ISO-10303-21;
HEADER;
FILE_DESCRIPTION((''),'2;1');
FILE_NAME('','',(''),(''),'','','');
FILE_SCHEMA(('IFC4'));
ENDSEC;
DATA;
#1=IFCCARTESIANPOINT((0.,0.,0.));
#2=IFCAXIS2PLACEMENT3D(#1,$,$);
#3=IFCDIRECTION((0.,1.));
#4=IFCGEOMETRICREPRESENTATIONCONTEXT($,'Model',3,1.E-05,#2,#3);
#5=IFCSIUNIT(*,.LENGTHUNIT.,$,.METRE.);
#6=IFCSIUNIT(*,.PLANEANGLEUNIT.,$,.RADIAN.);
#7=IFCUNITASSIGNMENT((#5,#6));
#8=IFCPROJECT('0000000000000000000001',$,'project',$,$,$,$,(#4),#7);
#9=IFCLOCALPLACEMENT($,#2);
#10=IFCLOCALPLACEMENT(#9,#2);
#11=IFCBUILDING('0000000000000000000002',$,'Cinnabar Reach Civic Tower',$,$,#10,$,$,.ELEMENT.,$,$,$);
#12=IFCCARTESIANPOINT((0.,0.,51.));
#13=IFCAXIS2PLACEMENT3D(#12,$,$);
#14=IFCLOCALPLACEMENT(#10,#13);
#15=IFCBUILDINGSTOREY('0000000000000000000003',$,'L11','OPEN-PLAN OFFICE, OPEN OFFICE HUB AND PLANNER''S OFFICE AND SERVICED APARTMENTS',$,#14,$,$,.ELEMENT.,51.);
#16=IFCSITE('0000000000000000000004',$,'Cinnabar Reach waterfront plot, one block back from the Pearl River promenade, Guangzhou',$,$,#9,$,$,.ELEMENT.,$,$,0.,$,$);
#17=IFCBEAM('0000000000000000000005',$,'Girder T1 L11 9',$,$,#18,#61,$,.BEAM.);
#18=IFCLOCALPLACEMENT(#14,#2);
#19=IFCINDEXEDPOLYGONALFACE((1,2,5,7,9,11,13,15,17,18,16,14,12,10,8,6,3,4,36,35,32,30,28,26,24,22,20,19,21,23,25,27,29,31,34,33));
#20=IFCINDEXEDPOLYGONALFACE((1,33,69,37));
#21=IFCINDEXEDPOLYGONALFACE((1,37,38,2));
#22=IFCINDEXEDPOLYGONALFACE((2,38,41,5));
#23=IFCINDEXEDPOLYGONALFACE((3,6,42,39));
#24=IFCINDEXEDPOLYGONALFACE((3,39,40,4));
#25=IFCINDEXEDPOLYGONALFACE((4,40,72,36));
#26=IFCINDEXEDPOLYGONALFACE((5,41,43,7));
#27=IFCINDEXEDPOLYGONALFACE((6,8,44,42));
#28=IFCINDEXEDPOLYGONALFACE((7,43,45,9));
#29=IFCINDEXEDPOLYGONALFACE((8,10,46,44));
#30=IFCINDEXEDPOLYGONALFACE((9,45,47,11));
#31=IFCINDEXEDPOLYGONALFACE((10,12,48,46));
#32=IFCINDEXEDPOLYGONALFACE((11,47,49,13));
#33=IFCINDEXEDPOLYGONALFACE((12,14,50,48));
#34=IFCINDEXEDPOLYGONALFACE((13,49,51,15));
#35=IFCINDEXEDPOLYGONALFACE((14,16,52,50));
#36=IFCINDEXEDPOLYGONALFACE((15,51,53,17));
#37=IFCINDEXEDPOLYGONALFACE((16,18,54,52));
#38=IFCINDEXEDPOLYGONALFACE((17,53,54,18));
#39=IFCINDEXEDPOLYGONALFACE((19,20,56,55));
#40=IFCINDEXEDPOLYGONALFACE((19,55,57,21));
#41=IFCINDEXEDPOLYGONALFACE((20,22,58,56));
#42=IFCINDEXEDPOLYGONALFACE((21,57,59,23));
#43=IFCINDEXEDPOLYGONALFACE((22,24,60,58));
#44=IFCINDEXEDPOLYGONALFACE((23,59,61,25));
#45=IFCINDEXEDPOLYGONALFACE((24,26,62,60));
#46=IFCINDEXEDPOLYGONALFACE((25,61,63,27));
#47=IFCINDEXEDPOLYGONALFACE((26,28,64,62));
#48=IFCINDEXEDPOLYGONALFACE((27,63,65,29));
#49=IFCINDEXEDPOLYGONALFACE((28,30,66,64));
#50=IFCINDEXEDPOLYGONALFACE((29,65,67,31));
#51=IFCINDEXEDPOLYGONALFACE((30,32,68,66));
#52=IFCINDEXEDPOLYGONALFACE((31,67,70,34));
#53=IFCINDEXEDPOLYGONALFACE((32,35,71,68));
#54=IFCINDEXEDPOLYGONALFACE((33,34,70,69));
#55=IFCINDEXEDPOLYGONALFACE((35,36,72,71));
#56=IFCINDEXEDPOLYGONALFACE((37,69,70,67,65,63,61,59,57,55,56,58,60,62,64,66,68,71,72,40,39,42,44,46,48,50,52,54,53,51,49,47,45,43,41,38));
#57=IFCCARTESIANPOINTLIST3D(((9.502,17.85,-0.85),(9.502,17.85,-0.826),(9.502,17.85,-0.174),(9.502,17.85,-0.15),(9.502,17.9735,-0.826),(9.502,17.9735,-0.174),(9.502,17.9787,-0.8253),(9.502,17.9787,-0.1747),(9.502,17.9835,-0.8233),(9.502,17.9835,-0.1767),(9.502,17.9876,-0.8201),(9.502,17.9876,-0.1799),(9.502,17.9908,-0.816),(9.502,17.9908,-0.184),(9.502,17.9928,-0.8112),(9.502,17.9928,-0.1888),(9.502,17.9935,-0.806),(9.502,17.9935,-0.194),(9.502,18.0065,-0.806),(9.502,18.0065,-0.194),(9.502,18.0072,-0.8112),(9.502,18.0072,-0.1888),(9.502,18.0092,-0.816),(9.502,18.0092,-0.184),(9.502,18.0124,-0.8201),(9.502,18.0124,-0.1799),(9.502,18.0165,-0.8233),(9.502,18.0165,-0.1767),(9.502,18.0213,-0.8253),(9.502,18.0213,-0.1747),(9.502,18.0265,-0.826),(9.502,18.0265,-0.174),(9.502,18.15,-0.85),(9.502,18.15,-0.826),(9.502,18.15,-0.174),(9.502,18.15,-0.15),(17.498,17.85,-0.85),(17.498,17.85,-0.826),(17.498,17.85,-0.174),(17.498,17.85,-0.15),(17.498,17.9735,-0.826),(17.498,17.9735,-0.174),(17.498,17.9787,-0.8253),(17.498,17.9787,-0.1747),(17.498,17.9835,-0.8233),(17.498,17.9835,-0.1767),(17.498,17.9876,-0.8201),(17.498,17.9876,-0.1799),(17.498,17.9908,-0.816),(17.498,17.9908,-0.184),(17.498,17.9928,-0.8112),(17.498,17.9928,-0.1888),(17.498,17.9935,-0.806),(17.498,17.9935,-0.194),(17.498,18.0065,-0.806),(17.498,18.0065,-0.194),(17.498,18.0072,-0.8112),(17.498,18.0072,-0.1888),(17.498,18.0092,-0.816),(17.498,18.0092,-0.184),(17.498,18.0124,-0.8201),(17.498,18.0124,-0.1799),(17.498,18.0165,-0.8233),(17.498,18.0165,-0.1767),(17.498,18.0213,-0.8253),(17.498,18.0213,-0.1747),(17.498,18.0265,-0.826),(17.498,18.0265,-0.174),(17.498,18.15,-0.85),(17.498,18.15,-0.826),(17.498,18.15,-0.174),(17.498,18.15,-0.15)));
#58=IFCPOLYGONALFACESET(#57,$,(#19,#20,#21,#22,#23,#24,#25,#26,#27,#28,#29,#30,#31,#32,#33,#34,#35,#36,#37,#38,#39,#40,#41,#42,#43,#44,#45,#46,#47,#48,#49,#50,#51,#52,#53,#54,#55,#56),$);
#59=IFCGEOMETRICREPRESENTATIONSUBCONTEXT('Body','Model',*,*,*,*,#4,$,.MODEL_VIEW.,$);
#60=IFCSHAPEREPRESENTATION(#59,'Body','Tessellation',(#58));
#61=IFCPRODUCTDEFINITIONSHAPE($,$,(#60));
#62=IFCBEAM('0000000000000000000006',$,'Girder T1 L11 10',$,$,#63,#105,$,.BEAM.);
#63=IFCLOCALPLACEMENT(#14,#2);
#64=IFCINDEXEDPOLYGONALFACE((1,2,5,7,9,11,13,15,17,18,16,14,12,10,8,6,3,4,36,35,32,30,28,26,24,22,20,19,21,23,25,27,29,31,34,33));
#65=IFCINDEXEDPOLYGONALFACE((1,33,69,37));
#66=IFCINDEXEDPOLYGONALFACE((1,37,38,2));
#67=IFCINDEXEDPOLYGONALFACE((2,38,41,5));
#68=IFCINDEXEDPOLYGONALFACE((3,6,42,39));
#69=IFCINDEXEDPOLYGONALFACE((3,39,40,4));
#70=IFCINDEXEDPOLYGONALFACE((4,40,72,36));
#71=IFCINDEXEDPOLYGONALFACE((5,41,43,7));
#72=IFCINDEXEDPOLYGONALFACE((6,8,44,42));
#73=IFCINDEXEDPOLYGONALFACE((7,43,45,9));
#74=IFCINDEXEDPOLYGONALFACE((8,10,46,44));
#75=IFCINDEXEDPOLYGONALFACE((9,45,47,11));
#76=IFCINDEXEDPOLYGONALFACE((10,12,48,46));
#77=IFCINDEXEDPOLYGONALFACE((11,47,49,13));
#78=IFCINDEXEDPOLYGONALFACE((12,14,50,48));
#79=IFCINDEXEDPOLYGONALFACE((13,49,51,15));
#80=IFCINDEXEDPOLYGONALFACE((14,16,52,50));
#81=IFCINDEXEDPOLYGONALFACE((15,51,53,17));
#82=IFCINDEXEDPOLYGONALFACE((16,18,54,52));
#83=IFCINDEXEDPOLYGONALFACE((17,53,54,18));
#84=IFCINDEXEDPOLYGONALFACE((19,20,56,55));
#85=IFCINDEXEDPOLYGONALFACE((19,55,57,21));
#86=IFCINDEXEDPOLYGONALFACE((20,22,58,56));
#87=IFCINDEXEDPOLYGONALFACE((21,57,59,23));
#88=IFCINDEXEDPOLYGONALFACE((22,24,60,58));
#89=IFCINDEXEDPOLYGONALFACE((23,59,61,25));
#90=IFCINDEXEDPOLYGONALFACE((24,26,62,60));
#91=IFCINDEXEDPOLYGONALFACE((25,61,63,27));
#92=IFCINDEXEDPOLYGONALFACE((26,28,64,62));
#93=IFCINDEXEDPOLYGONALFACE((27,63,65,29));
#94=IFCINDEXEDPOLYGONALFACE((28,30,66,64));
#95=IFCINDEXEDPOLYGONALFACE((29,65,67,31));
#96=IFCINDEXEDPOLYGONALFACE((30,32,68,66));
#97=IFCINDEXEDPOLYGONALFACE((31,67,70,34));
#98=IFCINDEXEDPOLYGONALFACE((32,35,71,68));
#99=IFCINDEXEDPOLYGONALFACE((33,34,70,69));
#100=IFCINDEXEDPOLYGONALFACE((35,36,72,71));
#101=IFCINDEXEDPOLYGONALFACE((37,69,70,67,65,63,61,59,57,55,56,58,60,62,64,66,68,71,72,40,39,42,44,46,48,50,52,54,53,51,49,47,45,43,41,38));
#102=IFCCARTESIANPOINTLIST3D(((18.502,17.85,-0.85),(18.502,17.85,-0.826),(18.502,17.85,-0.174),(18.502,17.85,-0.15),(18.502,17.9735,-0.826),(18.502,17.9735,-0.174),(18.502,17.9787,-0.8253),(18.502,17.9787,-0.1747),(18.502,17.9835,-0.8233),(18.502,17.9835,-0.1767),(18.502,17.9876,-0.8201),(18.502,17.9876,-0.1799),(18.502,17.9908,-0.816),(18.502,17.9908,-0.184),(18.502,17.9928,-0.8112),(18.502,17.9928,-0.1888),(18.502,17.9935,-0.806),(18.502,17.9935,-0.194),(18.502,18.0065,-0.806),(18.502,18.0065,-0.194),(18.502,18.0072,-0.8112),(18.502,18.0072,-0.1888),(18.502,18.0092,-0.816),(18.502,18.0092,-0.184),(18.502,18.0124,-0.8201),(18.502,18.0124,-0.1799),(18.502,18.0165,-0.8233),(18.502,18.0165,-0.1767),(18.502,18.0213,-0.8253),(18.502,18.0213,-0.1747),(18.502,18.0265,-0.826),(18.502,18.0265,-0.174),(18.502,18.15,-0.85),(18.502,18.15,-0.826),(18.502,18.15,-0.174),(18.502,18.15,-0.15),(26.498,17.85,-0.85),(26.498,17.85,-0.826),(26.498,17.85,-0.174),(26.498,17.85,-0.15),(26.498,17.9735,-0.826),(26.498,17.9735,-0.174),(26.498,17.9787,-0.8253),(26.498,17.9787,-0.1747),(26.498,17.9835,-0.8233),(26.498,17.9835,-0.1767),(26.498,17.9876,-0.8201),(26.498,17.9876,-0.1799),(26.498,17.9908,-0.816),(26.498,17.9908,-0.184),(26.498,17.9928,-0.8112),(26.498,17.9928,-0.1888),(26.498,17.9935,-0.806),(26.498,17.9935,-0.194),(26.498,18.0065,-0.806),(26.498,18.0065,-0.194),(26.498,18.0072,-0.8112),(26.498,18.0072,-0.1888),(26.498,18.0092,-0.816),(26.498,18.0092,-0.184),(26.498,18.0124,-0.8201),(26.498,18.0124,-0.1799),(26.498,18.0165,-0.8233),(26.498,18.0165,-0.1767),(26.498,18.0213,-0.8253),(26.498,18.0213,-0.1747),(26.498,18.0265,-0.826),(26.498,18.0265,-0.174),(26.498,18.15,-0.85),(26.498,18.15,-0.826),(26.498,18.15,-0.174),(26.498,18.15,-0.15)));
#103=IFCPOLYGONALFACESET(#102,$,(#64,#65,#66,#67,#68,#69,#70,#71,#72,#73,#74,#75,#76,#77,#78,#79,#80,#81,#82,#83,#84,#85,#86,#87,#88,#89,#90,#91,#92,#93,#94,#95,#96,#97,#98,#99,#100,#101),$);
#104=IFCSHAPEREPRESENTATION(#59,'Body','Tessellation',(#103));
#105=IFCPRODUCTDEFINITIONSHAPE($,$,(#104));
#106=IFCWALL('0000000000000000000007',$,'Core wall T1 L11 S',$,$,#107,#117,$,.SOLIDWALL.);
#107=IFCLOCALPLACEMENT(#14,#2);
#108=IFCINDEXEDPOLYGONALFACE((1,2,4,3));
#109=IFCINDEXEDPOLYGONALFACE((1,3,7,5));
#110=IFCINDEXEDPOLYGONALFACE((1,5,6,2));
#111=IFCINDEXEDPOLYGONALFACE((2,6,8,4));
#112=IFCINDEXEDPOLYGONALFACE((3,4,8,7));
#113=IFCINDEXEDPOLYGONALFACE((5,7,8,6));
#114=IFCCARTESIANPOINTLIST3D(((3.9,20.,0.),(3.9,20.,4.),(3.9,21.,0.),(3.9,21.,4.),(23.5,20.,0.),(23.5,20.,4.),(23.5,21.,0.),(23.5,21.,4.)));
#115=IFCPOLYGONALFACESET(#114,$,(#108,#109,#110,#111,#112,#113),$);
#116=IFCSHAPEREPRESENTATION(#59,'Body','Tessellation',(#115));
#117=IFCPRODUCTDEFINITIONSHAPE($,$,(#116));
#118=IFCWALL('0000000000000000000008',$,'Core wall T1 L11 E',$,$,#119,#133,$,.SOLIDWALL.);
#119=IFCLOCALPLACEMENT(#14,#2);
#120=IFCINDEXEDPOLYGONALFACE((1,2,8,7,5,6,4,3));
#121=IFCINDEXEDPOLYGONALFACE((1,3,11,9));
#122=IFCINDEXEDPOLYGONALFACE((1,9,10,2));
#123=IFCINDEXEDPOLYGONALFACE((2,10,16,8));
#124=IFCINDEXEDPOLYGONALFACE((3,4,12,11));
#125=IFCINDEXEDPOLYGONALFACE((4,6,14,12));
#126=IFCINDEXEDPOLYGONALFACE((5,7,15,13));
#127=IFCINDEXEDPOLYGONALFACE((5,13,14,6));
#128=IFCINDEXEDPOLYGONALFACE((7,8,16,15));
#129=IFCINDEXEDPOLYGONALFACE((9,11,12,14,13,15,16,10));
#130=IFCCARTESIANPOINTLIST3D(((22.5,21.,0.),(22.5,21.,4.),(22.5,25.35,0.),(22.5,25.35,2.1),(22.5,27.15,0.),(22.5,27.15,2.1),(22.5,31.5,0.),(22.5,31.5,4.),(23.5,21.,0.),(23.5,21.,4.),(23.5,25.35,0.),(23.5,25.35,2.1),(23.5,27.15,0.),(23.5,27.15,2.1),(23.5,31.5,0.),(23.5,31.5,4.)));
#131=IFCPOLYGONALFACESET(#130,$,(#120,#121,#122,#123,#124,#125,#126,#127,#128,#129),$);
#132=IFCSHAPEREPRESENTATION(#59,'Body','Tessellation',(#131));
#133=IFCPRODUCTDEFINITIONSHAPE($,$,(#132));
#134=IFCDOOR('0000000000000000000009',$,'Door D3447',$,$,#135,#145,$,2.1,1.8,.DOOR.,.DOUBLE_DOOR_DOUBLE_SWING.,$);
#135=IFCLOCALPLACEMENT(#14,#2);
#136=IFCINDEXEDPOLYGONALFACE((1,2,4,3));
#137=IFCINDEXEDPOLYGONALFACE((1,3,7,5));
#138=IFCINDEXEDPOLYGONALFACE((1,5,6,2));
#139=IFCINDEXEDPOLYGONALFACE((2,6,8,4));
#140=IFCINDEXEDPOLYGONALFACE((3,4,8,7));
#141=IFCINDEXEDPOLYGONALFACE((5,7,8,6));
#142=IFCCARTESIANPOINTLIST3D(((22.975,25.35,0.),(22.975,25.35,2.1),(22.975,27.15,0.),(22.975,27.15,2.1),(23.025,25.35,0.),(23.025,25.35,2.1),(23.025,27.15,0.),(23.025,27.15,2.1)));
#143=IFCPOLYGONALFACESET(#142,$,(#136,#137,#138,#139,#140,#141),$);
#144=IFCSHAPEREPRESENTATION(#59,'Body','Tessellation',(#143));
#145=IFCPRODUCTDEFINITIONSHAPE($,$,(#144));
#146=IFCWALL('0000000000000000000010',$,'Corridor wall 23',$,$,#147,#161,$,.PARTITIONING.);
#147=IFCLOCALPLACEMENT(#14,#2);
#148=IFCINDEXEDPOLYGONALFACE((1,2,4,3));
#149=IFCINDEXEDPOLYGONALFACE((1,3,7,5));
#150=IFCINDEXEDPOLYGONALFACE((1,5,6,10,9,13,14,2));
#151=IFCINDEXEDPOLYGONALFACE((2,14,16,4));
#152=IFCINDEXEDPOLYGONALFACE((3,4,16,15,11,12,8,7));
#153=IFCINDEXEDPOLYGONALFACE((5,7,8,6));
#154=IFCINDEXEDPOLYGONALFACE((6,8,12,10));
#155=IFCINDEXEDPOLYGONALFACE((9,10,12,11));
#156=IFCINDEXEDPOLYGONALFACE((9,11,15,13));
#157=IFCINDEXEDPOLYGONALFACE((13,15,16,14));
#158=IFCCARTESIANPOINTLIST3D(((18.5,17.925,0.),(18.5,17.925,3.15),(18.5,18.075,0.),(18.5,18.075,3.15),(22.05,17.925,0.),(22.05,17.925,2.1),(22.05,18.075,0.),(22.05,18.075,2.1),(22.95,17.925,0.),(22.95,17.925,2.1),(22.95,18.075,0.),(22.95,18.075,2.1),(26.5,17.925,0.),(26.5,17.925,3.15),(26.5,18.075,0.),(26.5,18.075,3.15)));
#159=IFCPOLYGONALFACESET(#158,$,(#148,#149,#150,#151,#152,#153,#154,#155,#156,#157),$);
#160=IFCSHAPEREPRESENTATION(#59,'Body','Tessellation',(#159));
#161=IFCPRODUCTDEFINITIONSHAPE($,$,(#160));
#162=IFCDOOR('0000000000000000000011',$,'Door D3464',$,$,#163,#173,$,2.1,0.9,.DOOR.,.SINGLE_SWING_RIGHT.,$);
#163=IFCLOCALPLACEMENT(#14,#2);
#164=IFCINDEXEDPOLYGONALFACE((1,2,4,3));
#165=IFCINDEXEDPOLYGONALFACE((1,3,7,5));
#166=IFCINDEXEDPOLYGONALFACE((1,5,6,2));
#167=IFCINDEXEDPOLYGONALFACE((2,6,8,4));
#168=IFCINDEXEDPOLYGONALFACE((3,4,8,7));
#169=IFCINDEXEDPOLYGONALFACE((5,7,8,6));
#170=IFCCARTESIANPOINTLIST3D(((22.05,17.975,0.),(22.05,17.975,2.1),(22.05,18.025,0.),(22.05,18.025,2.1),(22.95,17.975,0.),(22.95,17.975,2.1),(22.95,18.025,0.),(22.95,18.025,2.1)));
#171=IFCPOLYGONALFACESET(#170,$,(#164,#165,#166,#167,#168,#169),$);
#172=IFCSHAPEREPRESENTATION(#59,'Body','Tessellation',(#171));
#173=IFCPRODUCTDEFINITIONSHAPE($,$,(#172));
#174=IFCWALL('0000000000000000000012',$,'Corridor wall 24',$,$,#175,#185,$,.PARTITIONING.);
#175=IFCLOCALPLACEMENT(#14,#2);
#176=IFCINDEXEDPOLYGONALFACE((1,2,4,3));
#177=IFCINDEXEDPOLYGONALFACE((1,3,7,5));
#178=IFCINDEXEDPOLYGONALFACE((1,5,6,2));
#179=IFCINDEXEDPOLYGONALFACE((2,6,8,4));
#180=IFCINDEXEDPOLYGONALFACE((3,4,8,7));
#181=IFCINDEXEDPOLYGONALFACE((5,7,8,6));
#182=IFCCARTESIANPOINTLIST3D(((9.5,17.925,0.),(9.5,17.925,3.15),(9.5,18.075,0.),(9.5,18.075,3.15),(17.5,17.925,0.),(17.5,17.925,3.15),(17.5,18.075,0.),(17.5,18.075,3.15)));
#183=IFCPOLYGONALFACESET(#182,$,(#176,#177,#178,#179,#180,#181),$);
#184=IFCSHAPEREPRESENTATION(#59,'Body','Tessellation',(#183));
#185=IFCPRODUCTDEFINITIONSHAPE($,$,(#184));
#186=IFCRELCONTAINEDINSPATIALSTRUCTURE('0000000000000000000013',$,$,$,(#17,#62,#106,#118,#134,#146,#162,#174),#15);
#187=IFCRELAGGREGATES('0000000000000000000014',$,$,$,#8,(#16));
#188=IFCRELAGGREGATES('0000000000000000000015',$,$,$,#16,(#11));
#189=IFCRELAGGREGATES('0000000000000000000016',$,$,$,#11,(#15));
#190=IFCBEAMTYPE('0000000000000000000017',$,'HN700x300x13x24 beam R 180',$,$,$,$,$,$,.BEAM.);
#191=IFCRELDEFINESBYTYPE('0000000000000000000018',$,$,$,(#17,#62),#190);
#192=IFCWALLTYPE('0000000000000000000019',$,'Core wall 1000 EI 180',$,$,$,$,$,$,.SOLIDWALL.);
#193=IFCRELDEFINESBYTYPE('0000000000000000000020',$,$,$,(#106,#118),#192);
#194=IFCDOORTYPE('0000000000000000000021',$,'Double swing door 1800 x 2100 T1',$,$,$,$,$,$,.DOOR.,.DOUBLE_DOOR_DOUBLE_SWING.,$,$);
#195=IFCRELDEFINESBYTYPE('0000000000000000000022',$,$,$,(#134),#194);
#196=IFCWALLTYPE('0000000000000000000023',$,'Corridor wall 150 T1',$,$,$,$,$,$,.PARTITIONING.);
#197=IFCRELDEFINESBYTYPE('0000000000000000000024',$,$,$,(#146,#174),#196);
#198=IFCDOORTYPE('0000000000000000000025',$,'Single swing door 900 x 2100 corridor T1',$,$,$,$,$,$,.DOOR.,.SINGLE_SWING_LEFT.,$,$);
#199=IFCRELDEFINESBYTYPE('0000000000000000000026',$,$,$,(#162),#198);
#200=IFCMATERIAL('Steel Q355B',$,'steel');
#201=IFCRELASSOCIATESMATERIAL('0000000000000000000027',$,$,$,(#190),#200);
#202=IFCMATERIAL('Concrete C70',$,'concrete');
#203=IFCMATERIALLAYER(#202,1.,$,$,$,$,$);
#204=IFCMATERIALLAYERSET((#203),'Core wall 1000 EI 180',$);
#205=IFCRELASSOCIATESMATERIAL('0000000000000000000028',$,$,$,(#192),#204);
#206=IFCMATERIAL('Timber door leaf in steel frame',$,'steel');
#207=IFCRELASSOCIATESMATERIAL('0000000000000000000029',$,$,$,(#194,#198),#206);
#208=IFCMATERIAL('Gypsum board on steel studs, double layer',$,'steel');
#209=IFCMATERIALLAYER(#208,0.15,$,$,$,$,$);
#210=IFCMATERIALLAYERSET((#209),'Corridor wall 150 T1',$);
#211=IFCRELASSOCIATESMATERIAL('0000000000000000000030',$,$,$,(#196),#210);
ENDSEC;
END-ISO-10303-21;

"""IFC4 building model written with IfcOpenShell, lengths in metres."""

from ifc_helpers import new_model, si_unit, direction, frame, frame_2d, origin, origin_2d, place, context, subcontext, project, spatial, rectangle, i_section, extrude, material, layer, layer_set, material_profile, profile_set, type_object, element, fill, save


model = new_model("IFC4")

# Units and contexts
model_context = context("Model", 3, precision=1e-05, world=origin(), true_north=direction((0.0, 1.0)))
body_context = subcontext(model_context, "Body", "Model", "MODEL_VIEW")
ifc_project = project(units=[si_unit("LENGTHUNIT", "METRE"), si_unit("PLANEANGLEUNIT", "RADIAN")], contexts=[model_context])

# Site, building, storey
site_placement = place(None, origin())
site = spatial("IfcSite", under=ifc_project, at=site_placement, Name="Cinnabar Reach waterfront plot, one block back from the Pearl River promenade, Guangzhou", CompositionType="ELEMENT", RefElevation=0.0)
building_placement = place(site_placement, origin())
building = spatial("IfcBuilding", under=site, at=building_placement, Name="Cinnabar Reach Civic Tower", CompositionType="ELEMENT")
storey_placement = place(building_placement, frame((0.0, 0.0, 51.0)))
storey = spatial("IfcBuildingStorey", under=building, at=storey_placement, Name="L11", Description="OPEN-PLAN OFFICE, OPEN OFFICE HUB AND PLANNER'S OFFICE AND SERVICED APARTMENTS", CompositionType="ELEMENT", Elevation=51.0)

# Shared definitions
ifc_material_1 = material(Name="Concrete C70", Category="concrete")

# Beams
ifc_material_2 = material(Name="Steel Q355B", Category="steel")
ifc_material_profile_1 = material_profile(ifc_material_2, i_section(OverallWidth=0.3, OverallDepth=0.7, WebThickness=0.013, FlangeThickness=0.024, FilletRadius=0.02, at=origin_2d()), Name="HN700x300x13x24")
ifc_profile_set_1 = profile_set([ifc_material_profile_1], Name="Steel Q355B")
beam_type_1 = type_object("IfcBeamType", Name="HN700x300x13x24 beam R 180", PredefinedType="BEAM", material=ifc_profile_set_1)
for number, where, z_axis, x_axis, name in (
    (1, (9.502, 18.0, -0.5), (1.0, 0.0, 0.0), (0.0, 1.0, 0.0), "Girder T1 L11 9"),
    (2, (18.502, 18.0, -0.5), (1.0, 0.0, 0.0), (0.0, 1.0, 0.0), "Girder T1 L11 10"),
):
    element("IfcBeam", number, at=place(storey_placement, frame(where, z_axis=z_axis, x_axis=x_axis)), inside=storey, type_object=beam_type_1, Name=name, PredefinedType="BEAM", context=body_context, shape_type="SweptSolid", body=[
        extrude(i_section(OverallWidth=0.3, OverallDepth=0.7, WebThickness=0.013, FlangeThickness=0.024, FilletRadius=0.02, at=origin_2d()), origin(), (0.0, 0.0, 1.0), 7.996),
    ])

# Wall
ifc_layer_1 = layer(ifc_material_1, 1.0)
ifc_layer_set_1 = layer_set([ifc_layer_1], Name="Core wall 1000 EI 180")
wall_type_1 = type_object("IfcWallType", Name="Core wall 1000 EI 180", PredefinedType="SOLIDWALL", material=ifc_layer_set_1)
wall_1_placement = place(storey_placement, frame((3.9, 20.5, 0.0), z_axis=(0.0, 0.0, 1.0), x_axis=(1.0, 0.0, 0.0)))
element("IfcWall", 3, at=wall_1_placement, inside=storey, type_object=wall_type_1, Name="Core wall T1 L11 S", PredefinedType="SOLIDWALL", context=body_context, shape_type="SweptSolid", body=[
    extrude(rectangle(XDim=19.6, YDim=1.0, at=frame_2d((9.8, 0.0))), origin(), (0.0, 0.0, 1.0), 4.0),
])

# Walls, openings, doors
wall_2_placement = place(storey_placement, frame((23.0, 21.0, 0.0), z_axis=(0.0, 0.0, 1.0), x_axis=(0.0, 1.0, 0.0)))
wall_2 = element("IfcWall", 4, at=wall_2_placement, inside=storey, type_object=wall_type_1, Name="Core wall T1 L11 E", PredefinedType="SOLIDWALL", context=body_context, shape_type="SweptSolid", body=[
    extrude(rectangle(XDim=10.5, YDim=1.0, at=frame_2d((5.25, 0.0))), origin(), (0.0, 0.0, 1.0), 4.0),
])
opening_1_placement = place(wall_2_placement, frame((4.35, 0.0, 0.0)))
opening_1 = element("IfcOpeningElement", 5, at=opening_1_placement, cuts=wall_2, PredefinedType="OPENING", context=body_context, shape_type="SweptSolid", body=[
    extrude(rectangle(XDim=1.8, YDim=2.1, at=frame_2d((0.9, 1.05))), frame((0.0, 0.51, 0.0), z_axis=(0.0, -1.0, 0.0), x_axis=(1.0, 0.0, 0.0)), (0.0, 0.0, 1.0), 1.02),
])
ifc_material_3 = material(Name="Timber door leaf in steel frame", Category="steel")
door_type_1 = type_object("IfcDoorType", Name="Double swing door 1800 x 2100 T1", OperationType="DOUBLE_DOOR_DOUBLE_SWING", PredefinedType="DOOR", material=ifc_material_3)
door_1_placement = place(opening_1_placement, origin())
door_1 = element("IfcDoor", 6, at=door_1_placement, inside=storey, type_object=door_type_1, Name="Door D3447", OperationType="DOUBLE_DOOR_DOUBLE_SWING", OverallHeight=2.1, OverallWidth=1.8, PredefinedType="DOOR", context=body_context, shape_type="SweptSolid", body=[
    extrude(rectangle(XDim=1.8, YDim=2.1, at=frame_2d((0.9, 1.05))), frame((0.0, 0.025, 0.0), z_axis=(0.0, -1.0, 0.0), x_axis=(1.0, 0.0, 0.0)), (0.0, 0.0, 1.0), 0.05),
])
fill(opening_1, door_1)
ifc_material_4 = material(Name="Gypsum board on steel studs, double layer", Category="steel")
ifc_layer_2 = layer(ifc_material_4, 0.15)
ifc_layer_set_2 = layer_set([ifc_layer_2], Name="Corridor wall 150 T1")
wall_type_2 = type_object("IfcWallType", Name="Corridor wall 150 T1", PredefinedType="PARTITIONING", material=ifc_layer_set_2)
wall_3_placement = place(storey_placement, frame((18.5, 18.0, 0.0), z_axis=(0.0, 0.0, 1.0), x_axis=(1.0, 0.0, 0.0)))
wall_3 = element("IfcWall", 7, at=wall_3_placement, inside=storey, type_object=wall_type_2, Name="Corridor wall 23", PredefinedType="PARTITIONING", context=body_context, shape_type="SweptSolid", body=[
    extrude(rectangle(XDim=8.0, YDim=0.15, at=frame_2d((4.0, 0.0))), origin(), (0.0, 0.0, 1.0), 3.15),
])
opening_2_placement = place(wall_3_placement, frame((3.55, 0.0, 0.0)))
opening_2 = element("IfcOpeningElement", 8, at=opening_2_placement, cuts=wall_3, PredefinedType="OPENING", context=body_context, shape_type="SweptSolid", body=[
    extrude(rectangle(XDim=0.9, YDim=2.1, at=frame_2d((0.45, 1.05))), frame((0.0, 0.085, 0.0), z_axis=(0.0, -1.0, 0.0), x_axis=(1.0, 0.0, 0.0)), (0.0, 0.0, 1.0), 0.17),
])
door_type_2 = type_object("IfcDoorType", Name="Single swing door 900 x 2100 corridor T1", OperationType="SINGLE_SWING_LEFT", PredefinedType="DOOR", material=ifc_material_3)
door_2_placement = place(opening_2_placement, frame((0.9, 0.0, 0.0), z_axis=(0.0, 0.0, 1.0), x_axis=(-1.0, 0.0, 0.0)))
door_2 = element("IfcDoor", 9, at=door_2_placement, inside=storey, type_object=door_type_2, Name="Door D3464", OperationType="SINGLE_SWING_RIGHT", OverallHeight=2.1, OverallWidth=0.9, PredefinedType="DOOR", context=body_context, shape_type="SweptSolid", body=[
    extrude(rectangle(XDim=0.9, YDim=2.1, at=frame_2d((0.45, 1.05))), frame((0.0, 0.025, 0.0), z_axis=(0.0, -1.0, 0.0), x_axis=(1.0, 0.0, 0.0)), (0.0, 0.0, 1.0), 0.05),
])
fill(opening_2, door_2)

# Wall
wall_4_placement = place(storey_placement, frame((9.5, 18.0, 0.0), z_axis=(0.0, 0.0, 1.0), x_axis=(1.0, 0.0, 0.0)))
element("IfcWall", 10, at=wall_4_placement, inside=storey, type_object=wall_type_2, Name="Corridor wall 24", PredefinedType="PARTITIONING", context=body_context, shape_type="SweptSolid", body=[
    extrude(rectangle(XDim=8.0, YDim=0.15, at=frame_2d((4.0, 0.0))), origin(), (0.0, 0.0, 1.0), 3.15),
])

save(model, "model.ifc")
